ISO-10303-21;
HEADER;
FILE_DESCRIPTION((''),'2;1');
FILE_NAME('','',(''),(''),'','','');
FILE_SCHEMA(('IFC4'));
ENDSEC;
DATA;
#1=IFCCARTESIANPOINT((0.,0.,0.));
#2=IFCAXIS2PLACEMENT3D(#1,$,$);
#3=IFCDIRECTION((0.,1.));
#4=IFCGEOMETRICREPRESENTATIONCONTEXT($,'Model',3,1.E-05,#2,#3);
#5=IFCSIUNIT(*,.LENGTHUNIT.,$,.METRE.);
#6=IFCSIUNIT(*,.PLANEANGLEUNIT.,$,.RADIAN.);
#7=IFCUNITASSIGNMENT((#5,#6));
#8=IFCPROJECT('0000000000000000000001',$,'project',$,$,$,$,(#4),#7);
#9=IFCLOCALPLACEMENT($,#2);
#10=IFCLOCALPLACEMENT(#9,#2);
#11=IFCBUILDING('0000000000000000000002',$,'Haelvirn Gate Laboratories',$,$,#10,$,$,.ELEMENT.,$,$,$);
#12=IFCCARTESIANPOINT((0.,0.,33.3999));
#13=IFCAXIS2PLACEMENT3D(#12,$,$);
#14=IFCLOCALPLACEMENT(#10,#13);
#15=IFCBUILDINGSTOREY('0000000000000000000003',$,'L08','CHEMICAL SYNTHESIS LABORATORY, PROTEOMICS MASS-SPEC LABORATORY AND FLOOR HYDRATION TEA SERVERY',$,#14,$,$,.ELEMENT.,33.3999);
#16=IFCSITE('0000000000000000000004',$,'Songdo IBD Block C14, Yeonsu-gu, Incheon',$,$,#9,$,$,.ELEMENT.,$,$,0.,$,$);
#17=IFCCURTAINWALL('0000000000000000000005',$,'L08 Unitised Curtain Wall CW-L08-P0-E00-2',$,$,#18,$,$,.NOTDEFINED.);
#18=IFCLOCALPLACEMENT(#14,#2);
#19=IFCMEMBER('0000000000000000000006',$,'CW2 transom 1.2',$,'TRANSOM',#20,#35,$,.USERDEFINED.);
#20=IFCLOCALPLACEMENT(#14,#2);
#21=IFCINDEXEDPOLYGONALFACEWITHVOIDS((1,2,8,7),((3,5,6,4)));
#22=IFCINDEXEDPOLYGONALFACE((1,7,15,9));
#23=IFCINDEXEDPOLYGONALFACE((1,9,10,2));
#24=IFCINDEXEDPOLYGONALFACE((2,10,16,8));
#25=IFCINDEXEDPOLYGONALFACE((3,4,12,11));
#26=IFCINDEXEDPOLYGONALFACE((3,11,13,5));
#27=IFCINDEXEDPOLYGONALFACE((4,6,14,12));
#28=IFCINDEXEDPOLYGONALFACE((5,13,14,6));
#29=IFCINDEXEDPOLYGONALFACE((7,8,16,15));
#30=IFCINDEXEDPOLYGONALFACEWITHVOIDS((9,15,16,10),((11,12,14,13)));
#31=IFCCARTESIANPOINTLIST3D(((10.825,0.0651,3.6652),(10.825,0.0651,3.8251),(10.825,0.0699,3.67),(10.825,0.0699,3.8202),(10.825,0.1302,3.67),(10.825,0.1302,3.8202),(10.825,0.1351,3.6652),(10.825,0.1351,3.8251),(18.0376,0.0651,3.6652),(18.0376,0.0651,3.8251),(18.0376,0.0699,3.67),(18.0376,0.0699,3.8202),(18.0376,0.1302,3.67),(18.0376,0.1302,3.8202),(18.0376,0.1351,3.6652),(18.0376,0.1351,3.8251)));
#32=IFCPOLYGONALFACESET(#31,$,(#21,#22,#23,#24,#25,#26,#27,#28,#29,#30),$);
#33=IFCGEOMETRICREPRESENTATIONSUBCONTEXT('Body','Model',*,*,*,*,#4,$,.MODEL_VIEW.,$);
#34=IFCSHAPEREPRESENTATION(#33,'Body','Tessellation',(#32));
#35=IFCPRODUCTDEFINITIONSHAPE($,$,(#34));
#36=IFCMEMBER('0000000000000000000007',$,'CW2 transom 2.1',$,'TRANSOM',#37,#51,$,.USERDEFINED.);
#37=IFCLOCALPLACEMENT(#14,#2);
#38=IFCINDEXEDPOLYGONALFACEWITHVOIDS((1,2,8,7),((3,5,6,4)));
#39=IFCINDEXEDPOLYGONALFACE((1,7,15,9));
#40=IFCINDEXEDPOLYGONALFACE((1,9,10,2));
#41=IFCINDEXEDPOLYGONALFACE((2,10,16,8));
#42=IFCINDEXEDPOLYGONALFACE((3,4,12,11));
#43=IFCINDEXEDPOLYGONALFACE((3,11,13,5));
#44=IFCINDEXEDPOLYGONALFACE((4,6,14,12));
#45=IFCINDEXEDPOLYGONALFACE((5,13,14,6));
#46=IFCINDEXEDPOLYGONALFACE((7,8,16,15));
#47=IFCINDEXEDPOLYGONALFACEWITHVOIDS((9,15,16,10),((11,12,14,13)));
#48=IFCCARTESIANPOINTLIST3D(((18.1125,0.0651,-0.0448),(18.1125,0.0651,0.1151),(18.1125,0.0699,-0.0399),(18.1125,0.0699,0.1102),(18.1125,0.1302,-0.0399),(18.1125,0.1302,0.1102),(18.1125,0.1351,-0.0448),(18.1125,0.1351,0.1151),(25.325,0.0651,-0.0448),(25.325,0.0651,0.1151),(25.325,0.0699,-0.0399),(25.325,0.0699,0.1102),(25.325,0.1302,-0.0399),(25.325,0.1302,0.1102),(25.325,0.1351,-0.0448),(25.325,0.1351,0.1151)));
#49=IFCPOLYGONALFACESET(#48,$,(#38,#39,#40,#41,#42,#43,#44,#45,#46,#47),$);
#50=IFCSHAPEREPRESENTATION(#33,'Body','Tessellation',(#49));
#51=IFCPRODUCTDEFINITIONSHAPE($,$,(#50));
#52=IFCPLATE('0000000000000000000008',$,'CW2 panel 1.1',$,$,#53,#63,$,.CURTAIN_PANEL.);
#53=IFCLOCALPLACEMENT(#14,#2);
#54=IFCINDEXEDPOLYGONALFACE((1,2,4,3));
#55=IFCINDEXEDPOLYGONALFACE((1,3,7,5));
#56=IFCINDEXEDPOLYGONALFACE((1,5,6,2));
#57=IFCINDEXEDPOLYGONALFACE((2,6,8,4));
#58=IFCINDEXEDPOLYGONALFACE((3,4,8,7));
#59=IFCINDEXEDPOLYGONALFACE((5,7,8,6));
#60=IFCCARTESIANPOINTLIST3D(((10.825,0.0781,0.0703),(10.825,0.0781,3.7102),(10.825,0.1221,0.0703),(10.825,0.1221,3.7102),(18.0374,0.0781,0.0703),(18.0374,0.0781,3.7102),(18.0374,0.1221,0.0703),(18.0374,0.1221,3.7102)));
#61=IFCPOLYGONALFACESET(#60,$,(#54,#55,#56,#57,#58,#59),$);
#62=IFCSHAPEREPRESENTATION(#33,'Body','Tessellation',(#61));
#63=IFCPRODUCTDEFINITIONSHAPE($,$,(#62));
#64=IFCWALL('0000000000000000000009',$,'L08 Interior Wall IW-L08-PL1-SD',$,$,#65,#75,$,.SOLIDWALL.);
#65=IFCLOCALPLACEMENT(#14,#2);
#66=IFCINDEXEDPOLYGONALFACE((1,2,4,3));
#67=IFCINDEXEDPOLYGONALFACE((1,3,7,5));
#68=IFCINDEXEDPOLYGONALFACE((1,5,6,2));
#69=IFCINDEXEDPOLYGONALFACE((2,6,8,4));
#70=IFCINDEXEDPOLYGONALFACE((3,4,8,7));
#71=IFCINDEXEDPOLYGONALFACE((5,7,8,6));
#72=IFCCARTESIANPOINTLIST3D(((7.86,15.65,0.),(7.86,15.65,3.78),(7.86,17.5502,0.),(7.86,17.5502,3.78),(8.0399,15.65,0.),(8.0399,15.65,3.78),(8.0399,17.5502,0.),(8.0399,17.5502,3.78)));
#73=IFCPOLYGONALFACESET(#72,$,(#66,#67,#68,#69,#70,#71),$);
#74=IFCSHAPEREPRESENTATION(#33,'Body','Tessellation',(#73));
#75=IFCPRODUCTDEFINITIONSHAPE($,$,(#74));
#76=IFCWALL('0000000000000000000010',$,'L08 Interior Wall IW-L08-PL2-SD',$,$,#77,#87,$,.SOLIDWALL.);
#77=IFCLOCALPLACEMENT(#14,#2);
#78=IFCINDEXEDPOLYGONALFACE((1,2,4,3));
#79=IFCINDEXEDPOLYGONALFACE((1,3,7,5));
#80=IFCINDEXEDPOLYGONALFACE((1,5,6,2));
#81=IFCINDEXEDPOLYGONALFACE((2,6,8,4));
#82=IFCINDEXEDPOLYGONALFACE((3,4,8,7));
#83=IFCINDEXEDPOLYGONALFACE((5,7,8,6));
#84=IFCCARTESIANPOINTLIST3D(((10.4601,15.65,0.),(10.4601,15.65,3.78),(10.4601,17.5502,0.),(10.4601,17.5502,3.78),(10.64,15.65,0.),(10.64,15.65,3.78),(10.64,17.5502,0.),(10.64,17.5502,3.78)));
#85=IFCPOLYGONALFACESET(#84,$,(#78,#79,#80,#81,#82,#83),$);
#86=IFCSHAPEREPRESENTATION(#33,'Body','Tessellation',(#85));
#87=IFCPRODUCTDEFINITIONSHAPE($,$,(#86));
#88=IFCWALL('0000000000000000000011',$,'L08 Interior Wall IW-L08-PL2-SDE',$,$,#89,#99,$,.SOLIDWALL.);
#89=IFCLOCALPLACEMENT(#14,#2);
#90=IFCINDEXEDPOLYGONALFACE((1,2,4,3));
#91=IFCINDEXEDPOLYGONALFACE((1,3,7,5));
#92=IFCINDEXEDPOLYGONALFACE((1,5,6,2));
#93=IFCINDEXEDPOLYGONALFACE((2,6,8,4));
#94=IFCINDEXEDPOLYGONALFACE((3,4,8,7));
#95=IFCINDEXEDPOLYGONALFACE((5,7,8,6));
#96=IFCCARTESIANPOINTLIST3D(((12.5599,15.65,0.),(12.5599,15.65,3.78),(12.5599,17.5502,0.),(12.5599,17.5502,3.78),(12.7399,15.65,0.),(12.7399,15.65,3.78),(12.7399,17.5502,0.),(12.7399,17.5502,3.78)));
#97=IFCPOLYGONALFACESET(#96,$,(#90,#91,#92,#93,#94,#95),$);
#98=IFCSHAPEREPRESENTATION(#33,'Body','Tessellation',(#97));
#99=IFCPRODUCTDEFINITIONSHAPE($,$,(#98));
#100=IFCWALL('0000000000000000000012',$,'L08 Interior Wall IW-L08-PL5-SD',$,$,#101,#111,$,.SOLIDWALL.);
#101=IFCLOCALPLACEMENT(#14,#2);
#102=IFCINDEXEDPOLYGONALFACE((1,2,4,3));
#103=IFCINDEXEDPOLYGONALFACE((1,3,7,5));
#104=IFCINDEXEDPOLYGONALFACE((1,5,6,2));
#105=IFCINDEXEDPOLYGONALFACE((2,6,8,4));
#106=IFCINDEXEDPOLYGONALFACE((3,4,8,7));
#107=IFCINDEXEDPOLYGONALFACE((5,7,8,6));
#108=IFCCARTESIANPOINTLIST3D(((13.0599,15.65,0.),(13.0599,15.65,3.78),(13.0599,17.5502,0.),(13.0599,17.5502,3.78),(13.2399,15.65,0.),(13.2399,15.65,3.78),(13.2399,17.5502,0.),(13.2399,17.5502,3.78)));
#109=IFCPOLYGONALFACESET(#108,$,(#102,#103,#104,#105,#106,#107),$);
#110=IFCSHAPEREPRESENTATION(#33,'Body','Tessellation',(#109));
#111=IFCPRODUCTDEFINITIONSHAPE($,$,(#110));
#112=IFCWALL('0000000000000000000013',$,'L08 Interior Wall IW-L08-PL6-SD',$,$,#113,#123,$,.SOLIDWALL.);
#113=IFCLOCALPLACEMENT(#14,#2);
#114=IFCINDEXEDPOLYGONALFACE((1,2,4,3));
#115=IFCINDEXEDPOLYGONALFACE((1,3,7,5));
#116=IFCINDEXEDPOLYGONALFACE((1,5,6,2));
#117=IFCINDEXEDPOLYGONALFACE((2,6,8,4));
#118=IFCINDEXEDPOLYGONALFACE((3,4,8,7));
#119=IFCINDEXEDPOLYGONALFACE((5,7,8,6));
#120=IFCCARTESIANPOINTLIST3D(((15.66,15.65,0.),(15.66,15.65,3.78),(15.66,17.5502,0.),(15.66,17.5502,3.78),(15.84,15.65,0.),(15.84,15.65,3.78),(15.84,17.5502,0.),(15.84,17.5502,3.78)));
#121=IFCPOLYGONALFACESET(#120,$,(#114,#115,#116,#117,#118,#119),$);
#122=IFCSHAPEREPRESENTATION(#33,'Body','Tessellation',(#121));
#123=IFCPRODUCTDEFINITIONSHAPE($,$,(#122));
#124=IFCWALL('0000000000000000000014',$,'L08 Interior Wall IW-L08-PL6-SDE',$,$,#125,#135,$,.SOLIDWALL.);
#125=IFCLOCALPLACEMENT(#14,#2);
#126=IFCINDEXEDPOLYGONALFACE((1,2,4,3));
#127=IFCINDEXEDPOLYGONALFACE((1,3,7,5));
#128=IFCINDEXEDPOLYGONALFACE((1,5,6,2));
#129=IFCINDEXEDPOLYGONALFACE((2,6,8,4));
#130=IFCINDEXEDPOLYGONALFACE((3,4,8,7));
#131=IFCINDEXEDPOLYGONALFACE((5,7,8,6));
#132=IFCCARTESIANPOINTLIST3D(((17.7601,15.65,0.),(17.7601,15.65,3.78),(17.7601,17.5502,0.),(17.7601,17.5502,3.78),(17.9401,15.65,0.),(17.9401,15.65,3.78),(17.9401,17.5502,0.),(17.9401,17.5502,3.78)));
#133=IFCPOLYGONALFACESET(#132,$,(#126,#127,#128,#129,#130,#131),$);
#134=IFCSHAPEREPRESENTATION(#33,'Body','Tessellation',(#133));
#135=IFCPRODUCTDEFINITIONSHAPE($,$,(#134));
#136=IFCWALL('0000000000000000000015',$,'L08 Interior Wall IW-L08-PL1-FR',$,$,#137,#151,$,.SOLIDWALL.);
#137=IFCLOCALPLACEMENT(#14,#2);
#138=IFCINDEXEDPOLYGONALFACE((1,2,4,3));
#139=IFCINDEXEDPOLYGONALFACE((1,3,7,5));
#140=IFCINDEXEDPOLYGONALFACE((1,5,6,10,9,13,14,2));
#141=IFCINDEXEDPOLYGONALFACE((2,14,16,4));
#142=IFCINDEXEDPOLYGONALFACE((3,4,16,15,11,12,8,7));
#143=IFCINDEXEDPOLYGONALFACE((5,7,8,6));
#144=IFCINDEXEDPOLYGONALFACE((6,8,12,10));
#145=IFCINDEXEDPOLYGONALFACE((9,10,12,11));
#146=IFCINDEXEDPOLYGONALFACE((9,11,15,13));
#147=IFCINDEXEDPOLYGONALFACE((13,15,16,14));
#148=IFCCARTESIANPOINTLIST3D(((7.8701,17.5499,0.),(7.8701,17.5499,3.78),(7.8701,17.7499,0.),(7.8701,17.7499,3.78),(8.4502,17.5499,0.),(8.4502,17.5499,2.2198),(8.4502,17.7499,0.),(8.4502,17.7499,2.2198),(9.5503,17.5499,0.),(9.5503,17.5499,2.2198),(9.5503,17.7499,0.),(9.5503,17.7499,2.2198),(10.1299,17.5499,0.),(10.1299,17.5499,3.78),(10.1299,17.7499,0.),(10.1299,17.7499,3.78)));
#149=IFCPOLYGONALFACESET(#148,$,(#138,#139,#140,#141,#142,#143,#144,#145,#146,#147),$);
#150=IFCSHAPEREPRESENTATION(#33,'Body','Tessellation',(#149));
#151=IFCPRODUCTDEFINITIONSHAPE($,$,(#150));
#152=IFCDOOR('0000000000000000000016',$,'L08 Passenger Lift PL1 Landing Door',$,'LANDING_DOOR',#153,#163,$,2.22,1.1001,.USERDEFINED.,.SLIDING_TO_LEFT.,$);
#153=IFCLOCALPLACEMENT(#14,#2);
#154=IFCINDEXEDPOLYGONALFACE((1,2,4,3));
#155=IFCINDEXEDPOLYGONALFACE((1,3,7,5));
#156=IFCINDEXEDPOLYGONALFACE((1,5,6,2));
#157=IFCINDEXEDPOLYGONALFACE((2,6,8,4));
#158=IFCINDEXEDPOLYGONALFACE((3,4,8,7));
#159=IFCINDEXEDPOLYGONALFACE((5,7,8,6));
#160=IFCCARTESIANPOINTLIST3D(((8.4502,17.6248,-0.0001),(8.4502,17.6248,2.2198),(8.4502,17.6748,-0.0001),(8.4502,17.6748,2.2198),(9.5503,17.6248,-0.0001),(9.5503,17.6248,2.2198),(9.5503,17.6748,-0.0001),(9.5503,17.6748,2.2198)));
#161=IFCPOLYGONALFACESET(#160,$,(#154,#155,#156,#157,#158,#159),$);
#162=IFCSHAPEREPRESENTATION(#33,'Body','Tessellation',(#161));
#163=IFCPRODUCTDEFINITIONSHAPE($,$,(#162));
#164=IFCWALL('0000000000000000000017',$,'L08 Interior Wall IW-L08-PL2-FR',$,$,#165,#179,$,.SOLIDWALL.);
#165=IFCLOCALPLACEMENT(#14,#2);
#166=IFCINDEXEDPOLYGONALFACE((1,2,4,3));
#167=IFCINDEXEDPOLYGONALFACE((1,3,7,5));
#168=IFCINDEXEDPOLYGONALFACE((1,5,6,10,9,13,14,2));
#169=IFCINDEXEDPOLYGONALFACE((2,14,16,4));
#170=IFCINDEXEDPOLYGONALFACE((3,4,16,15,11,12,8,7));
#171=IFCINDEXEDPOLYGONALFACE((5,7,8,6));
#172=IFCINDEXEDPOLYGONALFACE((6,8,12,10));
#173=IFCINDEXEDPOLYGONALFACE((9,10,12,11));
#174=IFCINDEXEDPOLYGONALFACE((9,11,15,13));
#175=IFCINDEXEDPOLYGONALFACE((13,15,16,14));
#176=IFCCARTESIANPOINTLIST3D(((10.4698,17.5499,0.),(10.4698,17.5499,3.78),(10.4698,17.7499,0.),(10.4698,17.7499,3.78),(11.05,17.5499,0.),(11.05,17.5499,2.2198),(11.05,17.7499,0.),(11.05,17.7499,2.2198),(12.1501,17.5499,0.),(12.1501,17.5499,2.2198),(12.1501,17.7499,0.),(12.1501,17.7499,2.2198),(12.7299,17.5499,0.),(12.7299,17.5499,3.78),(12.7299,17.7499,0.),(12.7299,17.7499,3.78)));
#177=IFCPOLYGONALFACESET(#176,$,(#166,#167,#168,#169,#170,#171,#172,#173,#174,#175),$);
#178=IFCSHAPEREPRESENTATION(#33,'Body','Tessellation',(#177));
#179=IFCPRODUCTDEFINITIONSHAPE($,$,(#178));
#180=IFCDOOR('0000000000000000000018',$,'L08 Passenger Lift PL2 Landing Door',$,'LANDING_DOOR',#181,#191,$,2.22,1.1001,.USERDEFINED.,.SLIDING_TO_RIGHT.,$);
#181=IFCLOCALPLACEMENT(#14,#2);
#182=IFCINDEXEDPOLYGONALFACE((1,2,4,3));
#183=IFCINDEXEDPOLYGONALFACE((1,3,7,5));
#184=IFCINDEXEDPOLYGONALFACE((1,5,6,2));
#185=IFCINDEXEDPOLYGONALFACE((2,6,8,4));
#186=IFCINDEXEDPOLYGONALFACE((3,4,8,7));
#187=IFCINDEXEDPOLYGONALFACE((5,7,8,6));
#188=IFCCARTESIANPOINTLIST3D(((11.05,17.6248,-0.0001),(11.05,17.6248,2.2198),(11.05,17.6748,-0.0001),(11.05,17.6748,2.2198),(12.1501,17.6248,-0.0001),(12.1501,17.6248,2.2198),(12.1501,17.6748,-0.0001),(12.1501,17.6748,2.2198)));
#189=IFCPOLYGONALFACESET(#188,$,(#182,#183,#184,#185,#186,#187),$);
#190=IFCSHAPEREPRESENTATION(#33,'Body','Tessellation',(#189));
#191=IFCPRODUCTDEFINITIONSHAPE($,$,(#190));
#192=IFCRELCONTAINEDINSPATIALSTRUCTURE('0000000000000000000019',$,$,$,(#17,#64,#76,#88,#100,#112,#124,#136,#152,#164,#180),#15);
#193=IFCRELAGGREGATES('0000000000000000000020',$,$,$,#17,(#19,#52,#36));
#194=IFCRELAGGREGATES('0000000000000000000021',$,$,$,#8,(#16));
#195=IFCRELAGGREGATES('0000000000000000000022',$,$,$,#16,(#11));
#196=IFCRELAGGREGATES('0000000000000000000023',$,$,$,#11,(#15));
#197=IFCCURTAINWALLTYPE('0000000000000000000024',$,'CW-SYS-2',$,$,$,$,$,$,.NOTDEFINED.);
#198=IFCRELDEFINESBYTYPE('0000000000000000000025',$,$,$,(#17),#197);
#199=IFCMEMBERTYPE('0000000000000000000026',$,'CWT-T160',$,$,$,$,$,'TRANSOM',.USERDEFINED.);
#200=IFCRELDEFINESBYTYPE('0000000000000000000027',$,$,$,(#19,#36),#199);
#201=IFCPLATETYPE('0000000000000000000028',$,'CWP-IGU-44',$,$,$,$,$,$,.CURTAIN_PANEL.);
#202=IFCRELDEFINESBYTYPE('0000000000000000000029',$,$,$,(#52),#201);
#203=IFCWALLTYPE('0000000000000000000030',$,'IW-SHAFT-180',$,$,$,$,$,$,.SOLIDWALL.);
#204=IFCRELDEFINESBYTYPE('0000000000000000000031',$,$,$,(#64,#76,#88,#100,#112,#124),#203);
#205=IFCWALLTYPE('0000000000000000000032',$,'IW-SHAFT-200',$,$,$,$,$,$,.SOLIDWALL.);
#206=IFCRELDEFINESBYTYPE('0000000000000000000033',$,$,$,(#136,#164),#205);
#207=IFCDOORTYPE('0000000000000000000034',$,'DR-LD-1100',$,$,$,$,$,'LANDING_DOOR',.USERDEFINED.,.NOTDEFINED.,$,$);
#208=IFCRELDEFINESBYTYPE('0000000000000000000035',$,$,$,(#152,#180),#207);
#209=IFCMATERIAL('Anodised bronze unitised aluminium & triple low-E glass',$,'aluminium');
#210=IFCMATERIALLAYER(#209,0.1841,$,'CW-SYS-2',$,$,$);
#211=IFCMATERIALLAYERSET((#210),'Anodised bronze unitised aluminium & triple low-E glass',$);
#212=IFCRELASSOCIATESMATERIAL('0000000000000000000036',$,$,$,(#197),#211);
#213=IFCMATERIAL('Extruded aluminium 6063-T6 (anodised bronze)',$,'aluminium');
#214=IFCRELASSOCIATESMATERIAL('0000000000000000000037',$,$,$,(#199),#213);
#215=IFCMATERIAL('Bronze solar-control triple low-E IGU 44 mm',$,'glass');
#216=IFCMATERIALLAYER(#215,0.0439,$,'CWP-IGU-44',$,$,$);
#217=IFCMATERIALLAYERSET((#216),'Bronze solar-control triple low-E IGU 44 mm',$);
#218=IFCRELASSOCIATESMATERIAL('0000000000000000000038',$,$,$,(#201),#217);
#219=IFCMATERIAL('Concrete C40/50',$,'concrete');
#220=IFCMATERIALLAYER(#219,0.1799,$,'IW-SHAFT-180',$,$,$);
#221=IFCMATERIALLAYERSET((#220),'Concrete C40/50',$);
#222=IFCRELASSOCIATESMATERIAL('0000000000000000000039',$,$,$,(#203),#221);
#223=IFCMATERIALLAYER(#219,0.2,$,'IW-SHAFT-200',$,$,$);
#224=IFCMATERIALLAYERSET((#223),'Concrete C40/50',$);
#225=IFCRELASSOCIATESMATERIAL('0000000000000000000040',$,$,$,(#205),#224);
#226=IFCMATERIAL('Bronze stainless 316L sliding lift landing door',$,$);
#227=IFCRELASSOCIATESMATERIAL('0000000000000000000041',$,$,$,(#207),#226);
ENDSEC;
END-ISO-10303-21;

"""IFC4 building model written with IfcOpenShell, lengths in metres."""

from ifc_helpers import new_model, si_unit, direction, frame, frame_2d, origin, origin_2d, place, context, subcontext, project, spatial, rectangle, hollow_rectangle, extrude, source, transform, mapped, material, layer, layer_set, material_profile, profile_set, type_object, type_shapes, element, fill, aggregate, save


model = new_model("IFC4")

# Units and contexts
model_context = context("Model", 3, precision=1e-05, world=origin(), true_north=direction((0.0, 1.0)))
body_context = subcontext(model_context, "Body", "Model", "MODEL_VIEW")
ifc_project = project(units=[si_unit("LENGTHUNIT", "METRE"), si_unit("PLANEANGLEUNIT", "RADIAN")], contexts=[model_context])

# Site, building, storey
site_placement = place(None, origin())
site = spatial("IfcSite", under=ifc_project, at=site_placement, Name="Songdo IBD Block C14, Yeonsu-gu, Incheon", CompositionType="ELEMENT", RefElevation=0.0)
building_placement = place(site_placement, origin())
building = spatial("IfcBuilding", under=site, at=building_placement, Name="Haelvirn Gate Laboratories", CompositionType="ELEMENT")
storey_placement = place(building_placement, frame((0.0, 0.0, 33.3999)))
storey = spatial("IfcBuildingStorey", under=building, at=storey_placement, Name="L08", Description="CHEMICAL SYNTHESIS LABORATORY, PROTEOMICS MASS-SPEC LABORATORY AND FLOOR HYDRATION TEA SERVERY", CompositionType="ELEMENT", Elevation=33.3999)

# Curtain wall, members, plate
ifc_material_1 = material(Name="Anodised bronze unitised aluminium & triple low-E glass", Category="aluminium")
ifc_layer_1 = layer(ifc_material_1, 0.1841, Name="CW-SYS-2")
ifc_layer_set_1 = layer_set([ifc_layer_1], Name="Anodised bronze unitised aluminium & triple low-E glass")
curtain_wall_type = type_object("IfcCurtainWallType", Name="CW-SYS-2", PredefinedType="NOTDEFINED", material=ifc_layer_set_1)
curtain_wall_placement = place(storey_placement, origin())
curtain_wall = element("IfcCurtainWall", 1, at=curtain_wall_placement, inside=storey, type_object=curtain_wall_type, Name="L08 Unitised Curtain Wall CW-L08-P0-E00-2", PredefinedType="NOTDEFINED")
ifc_material_2 = material(Name="Extruded aluminium 6063-T6 (anodised bronze)", Category="aluminium")
ifc_material_profile_1 = material_profile(ifc_material_2, hollow_rectangle(XDim=0.0701, YDim=0.1599, WallThickness=0.0049, at=origin_2d()), Name="CWT-160x70x5")
ifc_profile_set_1 = profile_set([ifc_material_profile_1], Name="Extruded aluminium 6063-T6 (anodised bronze)")
member_type_1 = type_object("IfcMemberType", Name="CWT-T160", ElementType="TRANSOM", PredefinedType="USERDEFINED", material=ifc_profile_set_1)
shared_shape_1 = source(origin(), body_context, "Body", "SweptSolid", [
    extrude(hollow_rectangle(XDim=0.0701, YDim=0.1599, WallThickness=0.0049, at=origin_2d()), origin(), (0.0, 0.0, 1.0), 7.2126),
])
member_1_placement = place(storey_placement, frame((10.825, 0.1001, 3.7451), z_axis=(1.0, 0.0, 0.0), x_axis=(0.0, 1.0, 0.0)))
member_1 = element("IfcMember", 2, at=member_1_placement, type_object=member_type_1, Name="CW2 transom 1.2", ObjectType="TRANSOM", PredefinedType="USERDEFINED", context=body_context, shape_type="MappedRepresentation", body=[
    mapped(shared_shape_1, transform((0.0, 0.0, 0.0), scale=1.0)),
])
shared_shape_2 = source(origin(), body_context, "Body", "SweptSolid", [
    extrude(hollow_rectangle(XDim=0.0701, YDim=0.1599, WallThickness=0.0049, at=origin_2d()), origin(), (0.0, 0.0, 1.0), 7.2124),
])
type_shapes(member_type_1, [shared_shape_1, shared_shape_2])
member_2_placement = place(storey_placement, frame((18.1125, 0.1001, 0.0352), z_axis=(1.0, 0.0, 0.0), x_axis=(0.0, 1.0, 0.0)))
member_2 = element("IfcMember", 3, at=member_2_placement, type_object=member_type_1, Name="CW2 transom 2.1", ObjectType="TRANSOM", PredefinedType="USERDEFINED", context=body_context, shape_type="MappedRepresentation", body=[
    mapped(shared_shape_2, transform((0.0, 0.0, 0.0), scale=1.0)),
])
ifc_material_3 = material(Name="Bronze solar-control triple low-E IGU 44 mm", Category="glass")
ifc_layer_2 = layer(ifc_material_3, 0.0439, Name="CWP-IGU-44")
ifc_layer_set_2 = layer_set([ifc_layer_2], Name="Bronze solar-control triple low-E IGU 44 mm")
plate_type = type_object("IfcPlateType", Name="CWP-IGU-44", PredefinedType="CURTAIN_PANEL", material=ifc_layer_set_2)
shared_shape_3 = source(origin(), body_context, "Body", "SweptSolid", [
    extrude(rectangle(XDim=7.2124, YDim=0.0439, at=origin_2d()), origin(), (0.0, 0.0, 1.0), 3.6399),
])
type_shapes(plate_type, [shared_shape_3])
plate_placement = place(storey_placement, frame((14.4312, 0.1001, 0.0703), z_axis=(0.0, 0.0, 1.0), x_axis=(1.0, 0.0, 0.0)))
plate = element("IfcPlate", 4, at=plate_placement, type_object=plate_type, Name="CW2 panel 1.1", PredefinedType="CURTAIN_PANEL", context=body_context, shape_type="MappedRepresentation", body=[
    mapped(shared_shape_3, transform((0.0, 0.0, 0.0), scale=1.0)),
])
aggregate(curtain_wall, [member_1, plate, member_2])

# Walls
ifc_material_4 = material(Name="Concrete C40/50", Category="concrete")
ifc_layer_3 = layer(ifc_material_4, 0.1799, Name="IW-SHAFT-180")
ifc_layer_set_3 = layer_set([ifc_layer_3], Name="Concrete C40/50")
wall_type_1 = type_object("IfcWallType", Name="IW-SHAFT-180", PredefinedType="SOLIDWALL", material=ifc_layer_set_3)
for number, where, z_axis, x_axis, name in (
    (5, (7.95, 15.6499, 0.0), (0.0, 0.0, 1.0), (0.0, 1.0, 0.0), "L08 Interior Wall IW-L08-PL1-SD"),
    (6, (10.55, 15.6499, 0.0), (0.0, 0.0, 1.0), (0.0, 1.0, 0.0), "L08 Interior Wall IW-L08-PL2-SD"),
    (7, (12.6499, 15.6499, 0.0), (0.0, 0.0, 1.0), (0.0, 1.0, 0.0), "L08 Interior Wall IW-L08-PL2-SDE"),
    (8, (13.1499, 15.6499, 0.0), (0.0, 0.0, 1.0), (0.0, 1.0, 0.0), "L08 Interior Wall IW-L08-PL5-SD"),
    (9, (15.75, 15.6499, 0.0), (0.0, 0.0, 1.0), (0.0, 1.0, 0.0), "L08 Interior Wall IW-L08-PL6-SD"),
    (10, (17.8501, 15.6499, 0.0), (0.0, 0.0, 1.0), (0.0, 1.0, 0.0), "L08 Interior Wall IW-L08-PL6-SDE"),
):
    element("IfcWall", number, at=place(storey_placement, frame(where, z_axis=z_axis, x_axis=x_axis)), inside=storey, type_object=wall_type_1, Name=name, PredefinedType="SOLIDWALL", context=body_context, shape_type="SweptSolid", body=[
        extrude(rectangle(XDim=1.9001, YDim=0.1799, at=frame_2d((0.9502, 0.0))), origin(), (0.0, 0.0, 1.0), 3.78),
    ])

# Walls, openings, doors
ifc_layer_4 = layer(ifc_material_4, 0.2, Name="IW-SHAFT-200")
ifc_layer_set_4 = layer_set([ifc_layer_4], Name="Concrete C40/50")
wall_type_2 = type_object("IfcWallType", Name="IW-SHAFT-200", PredefinedType="SOLIDWALL", material=ifc_layer_set_4)
wall_1_placement = place(storey_placement, frame((7.8701, 17.6499, 0.0), z_axis=(0.0, 0.0, 1.0), x_axis=(1.0, 0.0, 0.0)))
wall_1 = element("IfcWall", 11, at=wall_1_placement, inside=storey, type_object=wall_type_2, Name="L08 Interior Wall IW-L08-PL1-FR", PredefinedType="SOLIDWALL", context=body_context, shape_type="SweptSolid", body=[
    extrude(rectangle(XDim=2.2598, YDim=0.2, at=frame_2d((1.1299, 0.0))), origin(), (0.0, 0.0, 1.0), 3.78),
])
opening_1_placement = place(wall_1_placement, frame((0.5801, 0.0, 0.0)))
opening_1 = element("IfcOpeningElement", 12, at=opening_1_placement, cuts=wall_1, PredefinedType="OPENING", context=body_context, shape_type="SweptSolid", body=[
    extrude(rectangle(XDim=1.1001, YDim=2.22, at=frame_2d((0.55, 1.1099))), frame((0.0, 0.1099, 0.0), z_axis=(0.0, -1.0, 0.0), x_axis=(1.0, 0.0, 0.0)), (0.0, 0.0, 1.0), 0.22),
])
ifc_material_5 = material(Name="Bronze stainless 316L sliding lift landing door")
door_type = type_object("IfcDoorType", Name="DR-LD-1100", ElementType="LANDING_DOOR", OperationType="NOTDEFINED", PredefinedType="USERDEFINED", material=ifc_material_5)
shared_shape_4 = source(origin(), body_context, "Body", "SweptSolid", [
    extrude(rectangle(XDim=1.1001, YDim=2.22, at=frame_2d((0.55, 1.1099))), frame((0.0, 0.0249, 0.0), z_axis=(0.0, -1.0, 0.0), x_axis=(1.0, 0.0, 0.0)), (0.0, 0.0, 1.0), 0.05),
])
type_shapes(door_type, [shared_shape_4])
door_1_placement = place(opening_1_placement, origin())
door_1 = element("IfcDoor", 13, at=door_1_placement, inside=storey, type_object=door_type, Name="L08 Passenger Lift PL1 Landing Door", ObjectType="LANDING_DOOR", OperationType="SLIDING_TO_LEFT", OverallHeight=2.22, OverallWidth=1.1001, PredefinedType="USERDEFINED", context=body_context, shape_type="MappedRepresentation", body=[
    mapped(shared_shape_4, transform((0.0, 0.0, 0.0), scale=1.0)),
])
fill(opening_1, door_1)
wall_2_placement = place(storey_placement, frame((10.47, 17.6499, 0.0), z_axis=(0.0, 0.0, 1.0), x_axis=(1.0, 0.0, 0.0)))
wall_2 = element("IfcWall", 14, at=wall_2_placement, inside=storey, type_object=wall_type_2, Name="L08 Interior Wall IW-L08-PL2-FR", PredefinedType="SOLIDWALL", context=body_context, shape_type="SweptSolid", body=[
    extrude(rectangle(XDim=2.26, YDim=0.2, at=frame_2d((1.1299, 0.0))), origin(), (0.0, 0.0, 1.0), 3.78),
])
opening_2_placement = place(wall_2_placement, frame((0.5801, 0.0, 0.0)))
opening_2 = element("IfcOpeningElement", 15, at=opening_2_placement, cuts=wall_2, PredefinedType="OPENING", context=body_context, shape_type="SweptSolid", body=[
    extrude(rectangle(XDim=1.1001, YDim=2.22, at=frame_2d((0.55, 1.1099))), frame((0.0, 0.1099, 0.0), z_axis=(0.0, -1.0, 0.0), x_axis=(1.0, 0.0, 0.0)), (0.0, 0.0, 1.0), 0.22),
])
door_2_placement = place(opening_2_placement, origin())
door_2 = element("IfcDoor", 16, at=door_2_placement, inside=storey, type_object=door_type, Name="L08 Passenger Lift PL2 Landing Door", ObjectType="LANDING_DOOR", OperationType="SLIDING_TO_RIGHT", OverallHeight=2.22, OverallWidth=1.1001, PredefinedType="USERDEFINED", context=body_context, shape_type="MappedRepresentation", body=[
    mapped(shared_shape_4, transform((0.0, 0.0, 0.0), scale=1.0)),
])
fill(opening_2, door_2)

save(model, "model.ifc")
